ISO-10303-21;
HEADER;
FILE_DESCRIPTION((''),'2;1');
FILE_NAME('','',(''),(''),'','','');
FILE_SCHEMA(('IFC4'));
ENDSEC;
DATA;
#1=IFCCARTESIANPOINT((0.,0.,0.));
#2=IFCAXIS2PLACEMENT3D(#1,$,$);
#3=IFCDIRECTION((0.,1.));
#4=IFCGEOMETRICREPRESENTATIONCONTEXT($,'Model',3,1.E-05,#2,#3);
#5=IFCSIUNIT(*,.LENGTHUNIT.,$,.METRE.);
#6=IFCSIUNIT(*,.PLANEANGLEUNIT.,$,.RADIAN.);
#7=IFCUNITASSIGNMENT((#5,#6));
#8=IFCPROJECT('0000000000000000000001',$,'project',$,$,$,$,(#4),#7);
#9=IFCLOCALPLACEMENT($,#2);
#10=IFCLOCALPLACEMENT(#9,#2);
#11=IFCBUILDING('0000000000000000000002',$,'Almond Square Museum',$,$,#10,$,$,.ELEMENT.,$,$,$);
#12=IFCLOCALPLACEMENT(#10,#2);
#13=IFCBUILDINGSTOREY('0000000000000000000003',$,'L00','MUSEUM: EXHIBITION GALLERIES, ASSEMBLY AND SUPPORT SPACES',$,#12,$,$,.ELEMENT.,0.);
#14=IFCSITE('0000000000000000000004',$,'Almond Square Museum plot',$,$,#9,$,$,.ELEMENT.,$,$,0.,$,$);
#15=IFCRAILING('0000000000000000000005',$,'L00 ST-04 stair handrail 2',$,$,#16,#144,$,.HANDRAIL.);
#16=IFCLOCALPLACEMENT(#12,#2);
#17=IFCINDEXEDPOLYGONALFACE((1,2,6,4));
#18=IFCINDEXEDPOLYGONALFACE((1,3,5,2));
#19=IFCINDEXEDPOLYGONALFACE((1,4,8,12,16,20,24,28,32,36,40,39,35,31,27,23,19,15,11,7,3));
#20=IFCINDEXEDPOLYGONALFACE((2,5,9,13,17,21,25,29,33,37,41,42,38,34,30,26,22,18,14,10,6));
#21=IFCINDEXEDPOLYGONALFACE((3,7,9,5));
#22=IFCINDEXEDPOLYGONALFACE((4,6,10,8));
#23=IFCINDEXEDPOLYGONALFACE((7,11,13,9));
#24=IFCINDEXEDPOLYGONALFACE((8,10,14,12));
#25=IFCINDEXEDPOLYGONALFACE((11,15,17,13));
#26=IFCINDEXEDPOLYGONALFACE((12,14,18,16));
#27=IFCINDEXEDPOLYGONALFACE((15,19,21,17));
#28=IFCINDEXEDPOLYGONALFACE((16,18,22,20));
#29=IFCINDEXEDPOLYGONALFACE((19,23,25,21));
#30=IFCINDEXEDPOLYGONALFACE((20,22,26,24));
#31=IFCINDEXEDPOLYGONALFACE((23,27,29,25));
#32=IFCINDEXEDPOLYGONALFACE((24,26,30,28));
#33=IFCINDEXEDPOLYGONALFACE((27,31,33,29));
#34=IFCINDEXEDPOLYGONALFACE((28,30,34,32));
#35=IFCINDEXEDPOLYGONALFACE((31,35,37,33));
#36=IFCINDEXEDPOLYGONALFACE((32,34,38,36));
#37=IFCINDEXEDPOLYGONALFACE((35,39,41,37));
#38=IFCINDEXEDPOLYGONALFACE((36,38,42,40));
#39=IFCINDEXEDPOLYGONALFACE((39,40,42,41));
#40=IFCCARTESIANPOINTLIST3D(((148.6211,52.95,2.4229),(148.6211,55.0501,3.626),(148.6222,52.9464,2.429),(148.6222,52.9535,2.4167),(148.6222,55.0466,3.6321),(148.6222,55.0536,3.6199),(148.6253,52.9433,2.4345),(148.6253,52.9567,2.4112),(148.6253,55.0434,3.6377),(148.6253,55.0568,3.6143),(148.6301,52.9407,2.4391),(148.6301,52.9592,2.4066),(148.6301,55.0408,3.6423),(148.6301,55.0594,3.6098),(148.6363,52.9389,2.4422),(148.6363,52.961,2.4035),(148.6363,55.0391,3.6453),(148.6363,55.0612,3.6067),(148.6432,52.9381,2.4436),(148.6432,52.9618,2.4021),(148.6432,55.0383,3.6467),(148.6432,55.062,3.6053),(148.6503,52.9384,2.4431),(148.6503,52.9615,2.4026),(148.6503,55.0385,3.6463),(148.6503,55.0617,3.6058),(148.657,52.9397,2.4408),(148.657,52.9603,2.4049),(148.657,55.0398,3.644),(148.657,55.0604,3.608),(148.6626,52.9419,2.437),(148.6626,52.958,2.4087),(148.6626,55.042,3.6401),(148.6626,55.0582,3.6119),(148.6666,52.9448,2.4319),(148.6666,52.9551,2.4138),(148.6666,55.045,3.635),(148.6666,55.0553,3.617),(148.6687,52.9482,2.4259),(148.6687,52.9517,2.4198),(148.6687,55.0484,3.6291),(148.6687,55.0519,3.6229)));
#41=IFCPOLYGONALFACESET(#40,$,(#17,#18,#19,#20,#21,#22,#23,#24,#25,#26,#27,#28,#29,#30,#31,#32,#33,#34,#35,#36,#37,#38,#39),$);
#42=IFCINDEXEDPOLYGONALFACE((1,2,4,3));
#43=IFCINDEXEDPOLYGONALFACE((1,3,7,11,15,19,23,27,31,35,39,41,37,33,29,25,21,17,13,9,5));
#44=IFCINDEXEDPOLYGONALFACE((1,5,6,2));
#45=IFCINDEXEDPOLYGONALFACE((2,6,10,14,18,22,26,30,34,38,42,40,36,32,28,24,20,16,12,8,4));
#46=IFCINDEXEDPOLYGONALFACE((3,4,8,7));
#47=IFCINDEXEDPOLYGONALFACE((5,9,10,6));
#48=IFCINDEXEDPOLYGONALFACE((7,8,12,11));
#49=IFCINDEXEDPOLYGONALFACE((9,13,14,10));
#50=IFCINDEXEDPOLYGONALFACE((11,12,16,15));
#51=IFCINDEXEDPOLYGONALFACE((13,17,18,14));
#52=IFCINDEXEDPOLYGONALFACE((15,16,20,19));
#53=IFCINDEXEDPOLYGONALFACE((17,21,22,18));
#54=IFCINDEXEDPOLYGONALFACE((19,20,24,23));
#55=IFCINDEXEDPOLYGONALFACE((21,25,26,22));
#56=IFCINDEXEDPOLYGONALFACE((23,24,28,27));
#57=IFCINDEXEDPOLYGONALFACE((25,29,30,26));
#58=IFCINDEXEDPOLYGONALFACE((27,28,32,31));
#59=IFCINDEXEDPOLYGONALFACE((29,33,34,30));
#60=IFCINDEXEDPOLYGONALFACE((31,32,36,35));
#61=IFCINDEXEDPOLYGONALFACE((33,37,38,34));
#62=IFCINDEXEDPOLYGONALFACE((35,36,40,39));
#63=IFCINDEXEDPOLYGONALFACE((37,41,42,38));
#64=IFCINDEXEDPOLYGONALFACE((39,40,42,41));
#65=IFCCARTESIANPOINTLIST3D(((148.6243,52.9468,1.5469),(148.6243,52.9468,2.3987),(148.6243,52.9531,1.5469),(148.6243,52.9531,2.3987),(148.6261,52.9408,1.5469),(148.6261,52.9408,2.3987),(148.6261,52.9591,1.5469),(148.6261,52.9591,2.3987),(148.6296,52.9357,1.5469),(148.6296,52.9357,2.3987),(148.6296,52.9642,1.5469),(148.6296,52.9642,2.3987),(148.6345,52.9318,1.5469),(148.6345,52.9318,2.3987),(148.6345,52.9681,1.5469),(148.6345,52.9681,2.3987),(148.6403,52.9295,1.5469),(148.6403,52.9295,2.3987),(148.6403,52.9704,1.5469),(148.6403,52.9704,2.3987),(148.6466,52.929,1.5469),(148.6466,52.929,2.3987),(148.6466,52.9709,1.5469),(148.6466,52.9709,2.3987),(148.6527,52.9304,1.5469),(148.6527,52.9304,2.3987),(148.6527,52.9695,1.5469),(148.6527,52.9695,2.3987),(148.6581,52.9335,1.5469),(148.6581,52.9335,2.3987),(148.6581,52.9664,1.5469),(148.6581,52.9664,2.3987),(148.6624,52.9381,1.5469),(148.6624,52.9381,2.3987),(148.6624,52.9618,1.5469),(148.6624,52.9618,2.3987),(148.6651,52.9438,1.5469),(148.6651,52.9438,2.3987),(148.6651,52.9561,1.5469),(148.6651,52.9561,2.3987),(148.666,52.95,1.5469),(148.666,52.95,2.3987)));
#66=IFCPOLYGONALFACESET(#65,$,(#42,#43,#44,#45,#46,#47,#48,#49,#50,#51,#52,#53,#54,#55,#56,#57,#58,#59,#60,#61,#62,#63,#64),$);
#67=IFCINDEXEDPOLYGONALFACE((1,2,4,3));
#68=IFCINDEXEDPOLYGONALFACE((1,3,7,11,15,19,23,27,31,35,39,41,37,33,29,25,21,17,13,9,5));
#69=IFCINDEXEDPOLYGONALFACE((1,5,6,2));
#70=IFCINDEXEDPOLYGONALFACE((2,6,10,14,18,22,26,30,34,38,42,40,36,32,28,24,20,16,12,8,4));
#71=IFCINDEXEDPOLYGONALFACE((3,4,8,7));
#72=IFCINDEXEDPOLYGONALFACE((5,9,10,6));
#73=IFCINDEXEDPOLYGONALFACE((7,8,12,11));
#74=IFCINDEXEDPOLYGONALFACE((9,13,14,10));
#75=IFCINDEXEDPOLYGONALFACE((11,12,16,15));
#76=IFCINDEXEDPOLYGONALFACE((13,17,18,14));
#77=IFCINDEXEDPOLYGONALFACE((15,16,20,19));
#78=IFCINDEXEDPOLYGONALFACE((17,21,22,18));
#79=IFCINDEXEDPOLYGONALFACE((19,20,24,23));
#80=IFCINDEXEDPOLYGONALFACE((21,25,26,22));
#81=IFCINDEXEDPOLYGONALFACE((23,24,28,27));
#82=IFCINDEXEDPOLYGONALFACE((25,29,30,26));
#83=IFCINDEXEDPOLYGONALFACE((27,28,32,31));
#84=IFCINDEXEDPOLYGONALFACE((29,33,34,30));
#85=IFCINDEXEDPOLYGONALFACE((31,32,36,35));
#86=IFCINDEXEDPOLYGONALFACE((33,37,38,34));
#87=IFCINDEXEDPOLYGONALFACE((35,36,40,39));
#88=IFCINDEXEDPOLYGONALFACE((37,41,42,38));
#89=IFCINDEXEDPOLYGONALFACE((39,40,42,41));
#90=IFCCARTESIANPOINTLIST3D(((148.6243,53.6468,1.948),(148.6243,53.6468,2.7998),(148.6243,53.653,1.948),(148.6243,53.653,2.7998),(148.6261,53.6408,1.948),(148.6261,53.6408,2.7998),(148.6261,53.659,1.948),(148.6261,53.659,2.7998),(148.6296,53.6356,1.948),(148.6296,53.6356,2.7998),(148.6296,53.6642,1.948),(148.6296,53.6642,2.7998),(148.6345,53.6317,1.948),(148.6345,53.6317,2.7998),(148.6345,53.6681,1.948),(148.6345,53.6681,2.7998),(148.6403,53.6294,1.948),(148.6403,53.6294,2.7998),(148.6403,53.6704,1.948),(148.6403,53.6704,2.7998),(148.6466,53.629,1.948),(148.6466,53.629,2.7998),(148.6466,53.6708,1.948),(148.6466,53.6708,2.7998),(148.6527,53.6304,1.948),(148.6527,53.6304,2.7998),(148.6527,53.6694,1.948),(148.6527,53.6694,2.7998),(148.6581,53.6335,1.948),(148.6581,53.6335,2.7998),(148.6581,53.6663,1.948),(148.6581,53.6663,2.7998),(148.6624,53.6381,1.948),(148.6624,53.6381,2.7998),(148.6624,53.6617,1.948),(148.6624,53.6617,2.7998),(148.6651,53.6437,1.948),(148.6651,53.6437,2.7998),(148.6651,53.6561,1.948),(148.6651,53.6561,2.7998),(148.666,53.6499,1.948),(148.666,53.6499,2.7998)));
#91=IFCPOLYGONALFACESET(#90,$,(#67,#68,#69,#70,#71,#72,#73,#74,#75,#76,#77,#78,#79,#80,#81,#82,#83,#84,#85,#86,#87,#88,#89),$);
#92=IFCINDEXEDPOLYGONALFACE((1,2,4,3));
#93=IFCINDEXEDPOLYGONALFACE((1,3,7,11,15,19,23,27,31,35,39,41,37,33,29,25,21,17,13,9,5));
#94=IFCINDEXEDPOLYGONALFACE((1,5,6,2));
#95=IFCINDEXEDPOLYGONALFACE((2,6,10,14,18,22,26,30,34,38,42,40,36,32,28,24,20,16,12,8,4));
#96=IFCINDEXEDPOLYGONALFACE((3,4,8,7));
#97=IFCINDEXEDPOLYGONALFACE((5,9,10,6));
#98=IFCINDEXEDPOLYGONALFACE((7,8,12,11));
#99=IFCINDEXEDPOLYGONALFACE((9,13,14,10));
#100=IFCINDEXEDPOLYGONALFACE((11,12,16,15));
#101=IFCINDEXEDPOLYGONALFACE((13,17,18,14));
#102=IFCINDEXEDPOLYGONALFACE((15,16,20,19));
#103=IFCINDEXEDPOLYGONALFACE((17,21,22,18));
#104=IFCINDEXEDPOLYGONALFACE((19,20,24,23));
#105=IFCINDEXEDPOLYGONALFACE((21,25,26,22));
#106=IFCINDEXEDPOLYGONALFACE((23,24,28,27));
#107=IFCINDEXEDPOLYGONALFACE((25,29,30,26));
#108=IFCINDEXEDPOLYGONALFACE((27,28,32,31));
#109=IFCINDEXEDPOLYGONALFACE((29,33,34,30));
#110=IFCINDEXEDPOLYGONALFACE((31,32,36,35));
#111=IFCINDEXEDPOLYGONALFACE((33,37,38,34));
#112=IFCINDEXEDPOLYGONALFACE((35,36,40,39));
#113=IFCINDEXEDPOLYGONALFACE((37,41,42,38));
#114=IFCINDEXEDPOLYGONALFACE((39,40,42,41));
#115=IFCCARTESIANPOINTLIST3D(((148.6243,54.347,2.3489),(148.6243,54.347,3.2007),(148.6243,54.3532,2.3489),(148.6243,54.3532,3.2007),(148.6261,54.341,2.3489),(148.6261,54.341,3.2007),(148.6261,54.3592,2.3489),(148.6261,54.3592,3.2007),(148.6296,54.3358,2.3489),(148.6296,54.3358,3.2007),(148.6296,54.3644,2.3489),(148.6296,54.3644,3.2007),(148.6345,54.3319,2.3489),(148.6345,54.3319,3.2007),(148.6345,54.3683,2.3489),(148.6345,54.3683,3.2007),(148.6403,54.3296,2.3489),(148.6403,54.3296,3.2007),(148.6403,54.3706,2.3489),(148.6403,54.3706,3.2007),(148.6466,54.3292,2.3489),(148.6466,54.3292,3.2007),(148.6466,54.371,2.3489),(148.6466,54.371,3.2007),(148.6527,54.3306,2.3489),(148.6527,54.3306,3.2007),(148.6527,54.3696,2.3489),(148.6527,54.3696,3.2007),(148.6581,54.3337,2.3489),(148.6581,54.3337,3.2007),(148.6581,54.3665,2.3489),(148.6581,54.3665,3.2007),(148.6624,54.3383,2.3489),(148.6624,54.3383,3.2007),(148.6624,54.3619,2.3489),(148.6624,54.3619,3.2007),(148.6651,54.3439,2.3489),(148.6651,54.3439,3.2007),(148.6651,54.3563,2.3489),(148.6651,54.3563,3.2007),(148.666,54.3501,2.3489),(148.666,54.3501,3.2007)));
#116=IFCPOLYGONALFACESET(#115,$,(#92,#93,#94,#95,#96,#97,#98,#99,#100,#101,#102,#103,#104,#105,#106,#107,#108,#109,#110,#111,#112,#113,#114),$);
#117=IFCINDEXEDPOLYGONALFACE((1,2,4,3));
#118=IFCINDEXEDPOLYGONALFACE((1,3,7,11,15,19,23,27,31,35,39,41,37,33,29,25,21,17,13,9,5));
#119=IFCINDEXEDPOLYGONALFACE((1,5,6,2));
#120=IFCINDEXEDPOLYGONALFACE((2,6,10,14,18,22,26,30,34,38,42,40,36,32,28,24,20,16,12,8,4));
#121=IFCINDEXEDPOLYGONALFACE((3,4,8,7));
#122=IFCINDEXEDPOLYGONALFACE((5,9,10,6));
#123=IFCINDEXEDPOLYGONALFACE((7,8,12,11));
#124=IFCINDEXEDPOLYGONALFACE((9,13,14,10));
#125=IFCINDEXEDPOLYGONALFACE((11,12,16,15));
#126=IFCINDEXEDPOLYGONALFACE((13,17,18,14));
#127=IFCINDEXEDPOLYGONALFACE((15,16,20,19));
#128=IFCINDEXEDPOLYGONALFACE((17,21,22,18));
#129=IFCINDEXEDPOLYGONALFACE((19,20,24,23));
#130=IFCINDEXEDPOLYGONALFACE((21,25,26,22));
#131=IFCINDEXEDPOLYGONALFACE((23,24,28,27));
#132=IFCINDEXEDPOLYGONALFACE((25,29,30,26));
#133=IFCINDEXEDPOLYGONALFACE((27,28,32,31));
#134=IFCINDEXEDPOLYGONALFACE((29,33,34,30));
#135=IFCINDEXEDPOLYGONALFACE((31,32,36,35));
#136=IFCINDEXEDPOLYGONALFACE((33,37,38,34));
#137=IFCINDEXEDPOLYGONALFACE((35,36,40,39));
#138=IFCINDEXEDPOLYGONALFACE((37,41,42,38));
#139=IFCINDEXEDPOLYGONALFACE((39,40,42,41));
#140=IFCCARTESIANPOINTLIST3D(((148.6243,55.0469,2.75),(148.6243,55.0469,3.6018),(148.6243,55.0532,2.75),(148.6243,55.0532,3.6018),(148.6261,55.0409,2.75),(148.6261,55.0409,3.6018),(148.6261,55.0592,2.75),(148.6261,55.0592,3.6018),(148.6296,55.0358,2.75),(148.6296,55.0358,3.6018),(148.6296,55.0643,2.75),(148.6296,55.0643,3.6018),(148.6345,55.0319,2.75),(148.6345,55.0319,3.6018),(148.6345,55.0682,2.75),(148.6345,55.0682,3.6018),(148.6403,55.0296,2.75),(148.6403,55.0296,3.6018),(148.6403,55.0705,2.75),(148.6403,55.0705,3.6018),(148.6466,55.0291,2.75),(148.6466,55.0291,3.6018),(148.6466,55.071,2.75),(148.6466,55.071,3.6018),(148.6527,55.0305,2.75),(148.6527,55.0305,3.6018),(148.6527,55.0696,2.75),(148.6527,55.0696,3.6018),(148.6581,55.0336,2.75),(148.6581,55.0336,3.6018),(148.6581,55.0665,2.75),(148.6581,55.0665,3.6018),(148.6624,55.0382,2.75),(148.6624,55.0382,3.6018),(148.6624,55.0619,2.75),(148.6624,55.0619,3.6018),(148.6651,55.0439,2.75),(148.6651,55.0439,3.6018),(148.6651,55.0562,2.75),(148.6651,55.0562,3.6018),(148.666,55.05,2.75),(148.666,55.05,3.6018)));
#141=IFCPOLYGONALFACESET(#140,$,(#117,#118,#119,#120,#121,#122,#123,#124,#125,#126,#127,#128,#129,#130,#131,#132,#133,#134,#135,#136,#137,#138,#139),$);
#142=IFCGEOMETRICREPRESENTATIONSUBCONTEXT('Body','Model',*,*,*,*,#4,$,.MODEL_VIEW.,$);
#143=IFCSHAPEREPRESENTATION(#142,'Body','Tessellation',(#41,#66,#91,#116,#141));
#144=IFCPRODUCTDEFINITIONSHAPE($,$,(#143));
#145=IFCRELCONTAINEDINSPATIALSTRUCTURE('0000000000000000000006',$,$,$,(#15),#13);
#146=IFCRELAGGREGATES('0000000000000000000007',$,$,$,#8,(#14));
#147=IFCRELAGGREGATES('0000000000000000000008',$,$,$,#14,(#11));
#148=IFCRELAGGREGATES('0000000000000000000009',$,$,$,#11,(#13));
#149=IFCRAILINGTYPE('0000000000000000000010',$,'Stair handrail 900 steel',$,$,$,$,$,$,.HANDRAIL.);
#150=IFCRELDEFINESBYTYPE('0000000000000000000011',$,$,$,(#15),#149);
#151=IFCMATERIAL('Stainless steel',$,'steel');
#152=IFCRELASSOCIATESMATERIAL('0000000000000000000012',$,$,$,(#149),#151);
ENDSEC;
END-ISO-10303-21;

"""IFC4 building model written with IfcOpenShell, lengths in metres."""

from ifc_helpers import new_model, si_unit, direction, frame, origin, origin_2d, place, context, subcontext, project, spatial, circle, extrude, material, type_object, element, save


model = new_model("IFC4")

# Units and contexts
model_context = context("Model", 3, precision=1e-05, world=origin(), true_north=direction((0.0, 1.0)))
body_context = subcontext(model_context, "Body", "Model", "MODEL_VIEW")
ifc_project = project(units=[si_unit("LENGTHUNIT", "METRE"), si_unit("PLANEANGLEUNIT", "RADIAN")], contexts=[model_context])

# Site, building, storey
site_placement = place(None, origin())
site = spatial("IfcSite", under=ifc_project, at=site_placement, Name="Almond Square Museum plot", CompositionType="ELEMENT", RefElevation=0.0)
building_placement = place(site_placement, origin())
building = spatial("IfcBuilding", under=site, at=building_placement, Name="Almond Square Museum", CompositionType="ELEMENT")
storey_placement = place(building_placement, origin())
storey = spatial("IfcBuildingStorey", under=building, at=storey_placement, Name="L00", Description="MUSEUM: EXHIBITION GALLERIES, ASSEMBLY AND SUPPORT SPACES", CompositionType="ELEMENT", Elevation=0.0)

# Railing
ifc_material_1 = material(Name="Stainless steel", Category="steel")
railing_type_1 = type_object("IfcRailingType", Name="Stair handrail 900 steel", PredefinedType="HANDRAIL", material=ifc_material_1)
for number, where, name in (
    (1, (148.645, 52.95, 1.5469), "L00 ST-04 stair handrail 2"),
):
    element("IfcRailing", number, at=place(storey_placement, frame(where)), inside=storey, type_object=railing_type_1, Name=name, PredefinedType="HANDRAIL", context=body_context, shape_type="SweptSolid", body=[
        extrude(circle(Radius=0.0239, at=origin_2d()), frame((0.0, 0.0, 0.876), z_axis=(0.0, 0.867696, 0.497095), x_axis=(-1.0, 0.0, 0.0)), (0.0, 0.0, 1.0), 2.4204),
        extrude(circle(Radius=0.021, at=origin_2d()), origin(), (0.0, 0.0, 1.0), 0.8518),
        extrude(circle(Radius=0.021, at=origin_2d()), frame((0.0, 0.7, 0.4011)), (0.0, 0.0, 1.0), 0.8518),
        extrude(circle(Radius=0.021, at=origin_2d()), frame((0.0, 1.4001, 0.802)), (0.0, 0.0, 1.0), 0.8518),
        extrude(circle(Radius=0.021, at=origin_2d()), frame((0.0, 2.1001, 1.2031)), (0.0, 0.0, 1.0), 0.8518),
    ])

save(model, "model.ifc")
